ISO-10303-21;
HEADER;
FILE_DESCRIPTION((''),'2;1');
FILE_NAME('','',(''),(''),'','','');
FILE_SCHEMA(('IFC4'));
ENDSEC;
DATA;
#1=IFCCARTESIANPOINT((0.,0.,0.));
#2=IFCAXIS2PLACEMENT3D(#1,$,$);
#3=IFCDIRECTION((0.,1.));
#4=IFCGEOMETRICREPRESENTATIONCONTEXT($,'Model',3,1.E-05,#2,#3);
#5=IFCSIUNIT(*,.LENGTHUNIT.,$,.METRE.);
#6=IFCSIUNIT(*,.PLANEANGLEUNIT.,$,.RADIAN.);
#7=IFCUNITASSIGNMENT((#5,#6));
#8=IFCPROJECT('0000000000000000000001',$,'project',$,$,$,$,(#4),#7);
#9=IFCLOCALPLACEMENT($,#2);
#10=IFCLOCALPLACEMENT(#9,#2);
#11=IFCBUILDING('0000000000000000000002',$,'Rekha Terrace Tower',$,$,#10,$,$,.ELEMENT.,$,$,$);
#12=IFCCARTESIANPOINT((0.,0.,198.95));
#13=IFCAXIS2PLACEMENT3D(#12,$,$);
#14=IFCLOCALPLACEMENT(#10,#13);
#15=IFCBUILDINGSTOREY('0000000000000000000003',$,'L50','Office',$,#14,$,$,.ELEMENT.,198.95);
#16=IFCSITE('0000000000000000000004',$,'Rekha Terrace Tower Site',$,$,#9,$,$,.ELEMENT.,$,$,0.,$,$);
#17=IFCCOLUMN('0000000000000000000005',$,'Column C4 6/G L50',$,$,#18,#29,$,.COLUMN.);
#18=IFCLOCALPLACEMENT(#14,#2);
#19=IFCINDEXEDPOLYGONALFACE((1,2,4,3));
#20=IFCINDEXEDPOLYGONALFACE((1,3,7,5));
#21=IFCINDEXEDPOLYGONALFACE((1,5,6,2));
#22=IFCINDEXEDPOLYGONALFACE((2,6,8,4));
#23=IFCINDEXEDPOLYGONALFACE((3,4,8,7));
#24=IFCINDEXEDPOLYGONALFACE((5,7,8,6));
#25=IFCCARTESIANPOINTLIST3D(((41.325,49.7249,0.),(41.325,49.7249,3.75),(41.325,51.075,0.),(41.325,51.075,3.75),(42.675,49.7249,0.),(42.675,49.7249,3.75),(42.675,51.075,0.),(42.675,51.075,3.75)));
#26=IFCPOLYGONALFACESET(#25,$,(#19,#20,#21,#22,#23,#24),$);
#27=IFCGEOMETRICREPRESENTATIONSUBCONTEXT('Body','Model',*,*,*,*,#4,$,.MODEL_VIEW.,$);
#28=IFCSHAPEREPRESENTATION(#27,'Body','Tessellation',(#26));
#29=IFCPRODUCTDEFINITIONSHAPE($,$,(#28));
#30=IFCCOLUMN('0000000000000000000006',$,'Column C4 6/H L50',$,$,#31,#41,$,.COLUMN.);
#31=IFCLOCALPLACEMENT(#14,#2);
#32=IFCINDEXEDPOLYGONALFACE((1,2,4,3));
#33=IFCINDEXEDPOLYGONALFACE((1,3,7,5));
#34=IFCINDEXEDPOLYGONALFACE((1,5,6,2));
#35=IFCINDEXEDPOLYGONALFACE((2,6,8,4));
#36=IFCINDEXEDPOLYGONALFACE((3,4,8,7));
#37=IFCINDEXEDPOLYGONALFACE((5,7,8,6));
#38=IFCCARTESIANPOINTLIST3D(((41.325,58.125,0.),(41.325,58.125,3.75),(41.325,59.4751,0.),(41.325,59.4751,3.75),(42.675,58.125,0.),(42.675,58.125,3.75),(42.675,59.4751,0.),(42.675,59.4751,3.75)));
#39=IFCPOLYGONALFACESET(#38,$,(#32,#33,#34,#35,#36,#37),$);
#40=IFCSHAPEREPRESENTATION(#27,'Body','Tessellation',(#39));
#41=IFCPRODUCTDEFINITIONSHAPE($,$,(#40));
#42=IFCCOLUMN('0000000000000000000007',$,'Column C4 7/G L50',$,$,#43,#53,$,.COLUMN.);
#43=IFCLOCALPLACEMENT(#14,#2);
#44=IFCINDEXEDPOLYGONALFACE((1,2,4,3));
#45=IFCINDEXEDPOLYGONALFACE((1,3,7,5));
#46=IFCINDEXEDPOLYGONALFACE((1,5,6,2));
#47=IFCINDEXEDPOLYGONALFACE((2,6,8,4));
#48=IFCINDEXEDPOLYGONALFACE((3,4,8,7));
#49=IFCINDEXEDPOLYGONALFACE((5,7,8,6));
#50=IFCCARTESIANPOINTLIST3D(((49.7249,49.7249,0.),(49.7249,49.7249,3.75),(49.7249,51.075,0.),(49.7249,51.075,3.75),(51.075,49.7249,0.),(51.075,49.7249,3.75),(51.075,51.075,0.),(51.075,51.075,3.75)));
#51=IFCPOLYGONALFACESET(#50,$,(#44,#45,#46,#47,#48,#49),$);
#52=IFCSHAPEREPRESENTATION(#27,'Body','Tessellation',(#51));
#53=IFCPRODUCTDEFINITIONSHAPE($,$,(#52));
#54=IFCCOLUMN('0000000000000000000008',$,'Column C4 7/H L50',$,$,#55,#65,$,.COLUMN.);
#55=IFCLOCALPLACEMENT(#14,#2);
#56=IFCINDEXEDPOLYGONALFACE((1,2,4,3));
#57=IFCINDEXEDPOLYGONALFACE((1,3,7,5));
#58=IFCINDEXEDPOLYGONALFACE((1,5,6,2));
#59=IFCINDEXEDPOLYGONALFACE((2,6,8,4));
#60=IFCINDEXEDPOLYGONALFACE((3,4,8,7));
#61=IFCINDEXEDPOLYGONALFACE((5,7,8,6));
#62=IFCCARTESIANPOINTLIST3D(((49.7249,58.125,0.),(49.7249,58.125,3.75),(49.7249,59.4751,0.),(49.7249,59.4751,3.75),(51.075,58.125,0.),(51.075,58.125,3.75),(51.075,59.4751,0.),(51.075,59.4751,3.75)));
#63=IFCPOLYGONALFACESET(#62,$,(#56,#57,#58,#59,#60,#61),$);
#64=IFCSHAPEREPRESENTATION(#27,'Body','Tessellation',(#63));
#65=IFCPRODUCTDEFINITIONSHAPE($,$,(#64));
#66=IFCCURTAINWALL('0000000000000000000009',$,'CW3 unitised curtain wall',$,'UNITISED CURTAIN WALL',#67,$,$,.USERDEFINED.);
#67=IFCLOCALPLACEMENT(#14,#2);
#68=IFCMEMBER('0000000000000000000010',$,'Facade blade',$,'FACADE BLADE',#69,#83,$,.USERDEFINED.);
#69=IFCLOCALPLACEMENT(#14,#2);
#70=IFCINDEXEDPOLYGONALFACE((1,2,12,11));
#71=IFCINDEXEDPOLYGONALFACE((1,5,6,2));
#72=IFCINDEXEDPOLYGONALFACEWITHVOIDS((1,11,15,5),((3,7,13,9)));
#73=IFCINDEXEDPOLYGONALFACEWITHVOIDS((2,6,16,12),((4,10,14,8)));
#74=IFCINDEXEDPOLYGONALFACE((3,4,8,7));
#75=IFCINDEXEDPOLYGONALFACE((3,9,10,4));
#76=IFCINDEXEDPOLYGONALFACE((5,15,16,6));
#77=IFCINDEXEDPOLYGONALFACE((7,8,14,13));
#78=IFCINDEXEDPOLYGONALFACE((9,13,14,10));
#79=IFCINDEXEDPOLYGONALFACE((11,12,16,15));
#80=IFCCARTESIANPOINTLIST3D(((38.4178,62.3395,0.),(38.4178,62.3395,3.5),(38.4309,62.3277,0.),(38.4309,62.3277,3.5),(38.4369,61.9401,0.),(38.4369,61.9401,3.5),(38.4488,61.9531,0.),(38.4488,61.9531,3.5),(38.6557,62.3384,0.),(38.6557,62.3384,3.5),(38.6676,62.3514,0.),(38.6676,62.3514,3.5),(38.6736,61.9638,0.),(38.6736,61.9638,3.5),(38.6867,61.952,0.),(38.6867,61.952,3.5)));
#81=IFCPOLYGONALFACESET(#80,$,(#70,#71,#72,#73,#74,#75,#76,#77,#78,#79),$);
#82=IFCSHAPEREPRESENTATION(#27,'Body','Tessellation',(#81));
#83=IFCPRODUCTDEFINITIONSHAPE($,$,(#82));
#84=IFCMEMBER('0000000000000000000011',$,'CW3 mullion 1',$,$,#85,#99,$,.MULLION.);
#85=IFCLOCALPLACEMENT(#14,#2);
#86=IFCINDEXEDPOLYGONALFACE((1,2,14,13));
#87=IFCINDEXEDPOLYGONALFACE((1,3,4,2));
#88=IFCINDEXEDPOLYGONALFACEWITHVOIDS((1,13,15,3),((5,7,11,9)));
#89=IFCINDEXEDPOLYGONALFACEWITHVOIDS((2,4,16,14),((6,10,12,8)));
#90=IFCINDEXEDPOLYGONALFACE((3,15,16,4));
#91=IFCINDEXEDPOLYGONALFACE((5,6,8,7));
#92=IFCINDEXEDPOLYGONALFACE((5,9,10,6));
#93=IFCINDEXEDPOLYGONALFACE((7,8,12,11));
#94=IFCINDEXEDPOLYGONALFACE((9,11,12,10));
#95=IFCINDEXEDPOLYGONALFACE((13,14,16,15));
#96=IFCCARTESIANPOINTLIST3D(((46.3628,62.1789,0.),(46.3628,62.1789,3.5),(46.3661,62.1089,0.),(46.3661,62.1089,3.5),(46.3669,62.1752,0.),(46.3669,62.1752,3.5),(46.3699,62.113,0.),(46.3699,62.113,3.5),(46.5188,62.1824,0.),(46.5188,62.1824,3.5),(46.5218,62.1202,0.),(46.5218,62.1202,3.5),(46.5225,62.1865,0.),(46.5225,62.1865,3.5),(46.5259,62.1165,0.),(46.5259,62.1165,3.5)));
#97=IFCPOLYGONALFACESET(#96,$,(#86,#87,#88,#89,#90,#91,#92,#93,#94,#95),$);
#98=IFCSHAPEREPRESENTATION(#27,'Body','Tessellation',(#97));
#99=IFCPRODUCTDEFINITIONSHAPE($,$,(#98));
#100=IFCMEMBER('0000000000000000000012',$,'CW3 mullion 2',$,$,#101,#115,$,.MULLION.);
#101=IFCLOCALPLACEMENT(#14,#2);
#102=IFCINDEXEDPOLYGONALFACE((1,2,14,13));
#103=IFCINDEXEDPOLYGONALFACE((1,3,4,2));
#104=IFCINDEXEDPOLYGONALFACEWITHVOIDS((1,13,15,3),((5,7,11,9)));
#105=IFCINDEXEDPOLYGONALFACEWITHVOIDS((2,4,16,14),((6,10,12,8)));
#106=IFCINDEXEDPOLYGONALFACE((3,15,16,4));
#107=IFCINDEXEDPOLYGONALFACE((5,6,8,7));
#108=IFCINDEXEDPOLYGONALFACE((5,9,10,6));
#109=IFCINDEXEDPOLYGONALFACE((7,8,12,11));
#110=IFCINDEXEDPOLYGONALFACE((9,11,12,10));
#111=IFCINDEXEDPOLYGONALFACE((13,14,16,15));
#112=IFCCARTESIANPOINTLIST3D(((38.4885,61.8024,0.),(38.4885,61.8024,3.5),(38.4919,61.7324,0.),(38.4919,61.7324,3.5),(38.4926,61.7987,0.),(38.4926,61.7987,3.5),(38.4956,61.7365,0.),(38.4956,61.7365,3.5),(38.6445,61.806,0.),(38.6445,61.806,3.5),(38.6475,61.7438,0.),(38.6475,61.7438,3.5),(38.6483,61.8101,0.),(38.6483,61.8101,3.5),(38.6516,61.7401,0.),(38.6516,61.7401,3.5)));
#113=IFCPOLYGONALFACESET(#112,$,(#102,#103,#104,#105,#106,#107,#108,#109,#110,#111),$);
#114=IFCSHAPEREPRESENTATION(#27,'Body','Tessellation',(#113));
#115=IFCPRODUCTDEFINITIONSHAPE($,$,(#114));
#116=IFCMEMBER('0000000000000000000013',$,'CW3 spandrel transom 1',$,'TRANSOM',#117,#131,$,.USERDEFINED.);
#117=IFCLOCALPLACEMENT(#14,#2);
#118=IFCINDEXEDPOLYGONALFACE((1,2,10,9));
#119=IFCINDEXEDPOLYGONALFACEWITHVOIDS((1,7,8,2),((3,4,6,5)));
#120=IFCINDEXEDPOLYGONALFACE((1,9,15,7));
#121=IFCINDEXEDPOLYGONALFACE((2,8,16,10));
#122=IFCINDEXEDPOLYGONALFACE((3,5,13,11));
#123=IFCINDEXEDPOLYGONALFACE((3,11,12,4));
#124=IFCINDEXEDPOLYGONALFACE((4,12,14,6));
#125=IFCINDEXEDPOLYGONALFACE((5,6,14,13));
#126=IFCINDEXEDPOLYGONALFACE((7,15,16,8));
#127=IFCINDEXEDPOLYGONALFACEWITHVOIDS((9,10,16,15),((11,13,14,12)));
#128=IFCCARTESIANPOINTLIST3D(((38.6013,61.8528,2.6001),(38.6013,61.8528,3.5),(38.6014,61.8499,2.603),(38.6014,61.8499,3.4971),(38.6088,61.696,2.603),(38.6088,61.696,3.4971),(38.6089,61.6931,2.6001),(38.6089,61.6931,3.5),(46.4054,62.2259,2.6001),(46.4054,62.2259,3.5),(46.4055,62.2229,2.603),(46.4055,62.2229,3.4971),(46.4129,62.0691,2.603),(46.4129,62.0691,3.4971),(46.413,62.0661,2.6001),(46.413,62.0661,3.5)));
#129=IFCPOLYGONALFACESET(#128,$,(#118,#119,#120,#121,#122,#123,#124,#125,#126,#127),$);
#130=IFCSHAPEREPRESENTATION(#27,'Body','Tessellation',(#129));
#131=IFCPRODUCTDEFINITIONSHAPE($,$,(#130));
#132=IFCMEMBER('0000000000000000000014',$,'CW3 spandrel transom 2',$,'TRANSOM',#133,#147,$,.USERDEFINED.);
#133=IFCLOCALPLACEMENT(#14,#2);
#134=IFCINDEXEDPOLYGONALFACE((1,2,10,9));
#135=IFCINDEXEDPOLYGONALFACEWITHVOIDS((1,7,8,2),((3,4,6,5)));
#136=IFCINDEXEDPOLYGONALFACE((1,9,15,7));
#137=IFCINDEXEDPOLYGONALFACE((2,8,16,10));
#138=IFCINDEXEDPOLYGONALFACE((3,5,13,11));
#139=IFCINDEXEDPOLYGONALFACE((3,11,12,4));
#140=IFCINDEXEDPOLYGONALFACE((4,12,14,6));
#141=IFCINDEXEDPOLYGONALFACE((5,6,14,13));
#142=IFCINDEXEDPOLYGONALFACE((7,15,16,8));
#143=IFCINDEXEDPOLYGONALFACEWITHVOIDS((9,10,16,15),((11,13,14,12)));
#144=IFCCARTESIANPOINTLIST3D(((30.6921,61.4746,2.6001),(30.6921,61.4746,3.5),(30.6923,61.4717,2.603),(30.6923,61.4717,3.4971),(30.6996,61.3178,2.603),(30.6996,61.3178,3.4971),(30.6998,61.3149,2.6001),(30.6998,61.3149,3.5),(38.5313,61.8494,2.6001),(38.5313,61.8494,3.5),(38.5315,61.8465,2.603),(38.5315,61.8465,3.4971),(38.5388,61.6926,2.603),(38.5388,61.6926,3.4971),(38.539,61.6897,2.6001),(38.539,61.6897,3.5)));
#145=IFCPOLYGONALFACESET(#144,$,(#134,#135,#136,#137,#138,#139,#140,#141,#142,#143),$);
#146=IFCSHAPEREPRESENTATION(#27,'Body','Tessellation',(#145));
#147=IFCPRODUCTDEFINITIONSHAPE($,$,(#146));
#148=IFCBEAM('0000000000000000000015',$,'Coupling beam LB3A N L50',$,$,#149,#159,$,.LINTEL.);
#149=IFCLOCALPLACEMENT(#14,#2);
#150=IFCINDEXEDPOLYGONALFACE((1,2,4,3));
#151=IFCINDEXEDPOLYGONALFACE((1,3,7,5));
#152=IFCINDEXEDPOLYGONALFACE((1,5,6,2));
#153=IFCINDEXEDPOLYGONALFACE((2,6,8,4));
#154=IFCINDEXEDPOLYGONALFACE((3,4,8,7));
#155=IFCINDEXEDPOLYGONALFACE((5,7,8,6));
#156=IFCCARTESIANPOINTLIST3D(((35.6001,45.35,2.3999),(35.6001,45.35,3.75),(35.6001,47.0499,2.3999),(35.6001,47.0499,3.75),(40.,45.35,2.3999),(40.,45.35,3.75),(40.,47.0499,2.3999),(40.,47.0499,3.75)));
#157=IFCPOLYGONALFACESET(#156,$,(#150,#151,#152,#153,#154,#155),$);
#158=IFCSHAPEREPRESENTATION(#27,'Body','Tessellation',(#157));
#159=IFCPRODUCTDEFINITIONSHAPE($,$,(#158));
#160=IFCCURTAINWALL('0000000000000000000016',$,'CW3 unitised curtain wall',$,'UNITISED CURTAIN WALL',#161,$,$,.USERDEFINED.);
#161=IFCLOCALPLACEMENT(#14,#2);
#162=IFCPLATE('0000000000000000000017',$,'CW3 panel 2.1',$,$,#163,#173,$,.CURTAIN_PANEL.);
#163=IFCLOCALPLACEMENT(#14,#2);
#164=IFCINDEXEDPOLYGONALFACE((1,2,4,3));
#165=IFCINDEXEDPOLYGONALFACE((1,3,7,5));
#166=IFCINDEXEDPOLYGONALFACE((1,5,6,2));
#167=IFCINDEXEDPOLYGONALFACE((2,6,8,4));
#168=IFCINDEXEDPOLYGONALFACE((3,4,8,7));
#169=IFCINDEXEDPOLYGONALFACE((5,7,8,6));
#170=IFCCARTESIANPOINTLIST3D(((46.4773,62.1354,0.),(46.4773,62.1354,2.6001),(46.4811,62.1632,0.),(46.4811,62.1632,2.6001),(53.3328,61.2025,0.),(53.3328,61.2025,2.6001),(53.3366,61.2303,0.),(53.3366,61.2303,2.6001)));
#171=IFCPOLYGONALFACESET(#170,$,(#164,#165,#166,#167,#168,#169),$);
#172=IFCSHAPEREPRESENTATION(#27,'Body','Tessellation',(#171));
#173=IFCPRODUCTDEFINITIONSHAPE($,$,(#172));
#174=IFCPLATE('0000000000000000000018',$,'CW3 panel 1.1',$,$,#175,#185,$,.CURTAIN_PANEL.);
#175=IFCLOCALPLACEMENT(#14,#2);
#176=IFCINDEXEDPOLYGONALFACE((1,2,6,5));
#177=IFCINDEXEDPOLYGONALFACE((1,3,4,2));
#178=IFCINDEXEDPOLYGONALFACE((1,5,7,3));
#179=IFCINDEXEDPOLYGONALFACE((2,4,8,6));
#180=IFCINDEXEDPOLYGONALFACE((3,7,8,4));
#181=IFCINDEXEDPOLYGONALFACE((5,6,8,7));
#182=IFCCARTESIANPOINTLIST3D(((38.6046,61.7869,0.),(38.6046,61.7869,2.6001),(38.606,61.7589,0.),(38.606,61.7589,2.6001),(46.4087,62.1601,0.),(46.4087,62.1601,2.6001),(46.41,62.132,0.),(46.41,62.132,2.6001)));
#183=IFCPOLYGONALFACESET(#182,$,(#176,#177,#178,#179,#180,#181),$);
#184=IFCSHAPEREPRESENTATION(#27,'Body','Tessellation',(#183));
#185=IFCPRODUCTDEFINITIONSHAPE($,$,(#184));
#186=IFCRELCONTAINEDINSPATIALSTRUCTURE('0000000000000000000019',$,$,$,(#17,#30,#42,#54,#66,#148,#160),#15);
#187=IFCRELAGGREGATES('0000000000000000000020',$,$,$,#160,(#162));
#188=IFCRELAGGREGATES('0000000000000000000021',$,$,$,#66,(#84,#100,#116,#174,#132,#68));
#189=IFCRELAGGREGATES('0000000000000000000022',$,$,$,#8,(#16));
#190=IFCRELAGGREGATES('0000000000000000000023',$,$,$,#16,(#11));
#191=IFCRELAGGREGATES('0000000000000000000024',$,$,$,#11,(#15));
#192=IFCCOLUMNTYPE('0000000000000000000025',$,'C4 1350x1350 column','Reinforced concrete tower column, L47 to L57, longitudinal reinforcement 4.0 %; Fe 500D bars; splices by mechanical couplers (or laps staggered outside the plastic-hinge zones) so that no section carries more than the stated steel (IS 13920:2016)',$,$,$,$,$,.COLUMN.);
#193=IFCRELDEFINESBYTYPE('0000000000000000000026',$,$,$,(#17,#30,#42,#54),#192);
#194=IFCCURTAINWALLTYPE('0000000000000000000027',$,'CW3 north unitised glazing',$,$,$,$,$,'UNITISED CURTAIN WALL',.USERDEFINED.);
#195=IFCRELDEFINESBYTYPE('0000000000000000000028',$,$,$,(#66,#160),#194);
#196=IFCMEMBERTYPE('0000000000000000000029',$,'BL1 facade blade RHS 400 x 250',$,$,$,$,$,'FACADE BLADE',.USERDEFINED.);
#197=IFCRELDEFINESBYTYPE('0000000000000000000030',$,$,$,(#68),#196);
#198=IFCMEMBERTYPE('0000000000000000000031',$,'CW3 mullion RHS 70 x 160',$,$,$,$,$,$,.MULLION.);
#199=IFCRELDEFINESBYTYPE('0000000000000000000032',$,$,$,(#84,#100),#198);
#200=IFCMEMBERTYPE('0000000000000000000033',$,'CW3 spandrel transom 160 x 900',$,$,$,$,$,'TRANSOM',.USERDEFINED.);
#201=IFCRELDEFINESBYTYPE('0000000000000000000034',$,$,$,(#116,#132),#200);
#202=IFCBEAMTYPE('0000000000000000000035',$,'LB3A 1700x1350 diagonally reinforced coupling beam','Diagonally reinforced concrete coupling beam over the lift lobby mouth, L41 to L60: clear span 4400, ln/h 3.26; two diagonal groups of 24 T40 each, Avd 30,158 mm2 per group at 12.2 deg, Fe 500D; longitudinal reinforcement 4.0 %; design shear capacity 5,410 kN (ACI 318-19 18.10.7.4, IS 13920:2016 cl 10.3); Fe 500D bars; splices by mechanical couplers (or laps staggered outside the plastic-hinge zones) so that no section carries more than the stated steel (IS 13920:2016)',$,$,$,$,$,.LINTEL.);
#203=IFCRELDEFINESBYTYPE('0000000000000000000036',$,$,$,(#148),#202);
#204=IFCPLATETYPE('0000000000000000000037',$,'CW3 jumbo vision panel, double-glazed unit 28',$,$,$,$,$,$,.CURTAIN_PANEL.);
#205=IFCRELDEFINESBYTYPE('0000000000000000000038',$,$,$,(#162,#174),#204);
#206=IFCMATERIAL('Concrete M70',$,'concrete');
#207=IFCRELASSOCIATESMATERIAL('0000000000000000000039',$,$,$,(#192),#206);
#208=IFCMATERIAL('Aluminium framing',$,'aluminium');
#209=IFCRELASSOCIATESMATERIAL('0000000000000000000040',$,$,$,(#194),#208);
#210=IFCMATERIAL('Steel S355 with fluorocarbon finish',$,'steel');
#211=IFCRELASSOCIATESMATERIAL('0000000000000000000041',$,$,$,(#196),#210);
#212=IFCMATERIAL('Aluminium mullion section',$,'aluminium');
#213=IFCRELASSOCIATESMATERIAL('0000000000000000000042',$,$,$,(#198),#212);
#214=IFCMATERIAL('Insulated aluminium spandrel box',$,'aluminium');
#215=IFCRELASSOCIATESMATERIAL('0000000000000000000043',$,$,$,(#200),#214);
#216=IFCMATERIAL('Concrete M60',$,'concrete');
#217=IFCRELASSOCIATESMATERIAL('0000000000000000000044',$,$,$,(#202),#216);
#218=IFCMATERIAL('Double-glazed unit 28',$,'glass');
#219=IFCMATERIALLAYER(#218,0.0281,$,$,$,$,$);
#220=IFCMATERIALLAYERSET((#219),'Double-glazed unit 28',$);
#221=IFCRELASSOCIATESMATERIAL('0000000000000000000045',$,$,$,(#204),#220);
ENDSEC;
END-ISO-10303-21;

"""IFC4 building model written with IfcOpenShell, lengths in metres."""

from ifc_helpers import new_model, si_unit, direction, frame, origin, origin_2d, place, context, subcontext, project, spatial, rectangle, hollow_rectangle, extrude, material, layer, layer_set, material_profile, profile_set, type_object, element, aggregate, save


model = new_model("IFC4")

# Units and contexts
model_context = context("Model", 3, precision=1e-05, world=origin(), true_north=direction((0.0, 1.0)))
body_context = subcontext(model_context, "Body", "Model", "MODEL_VIEW")
ifc_project = project(units=[si_unit("LENGTHUNIT", "METRE"), si_unit("PLANEANGLEUNIT", "RADIAN")], contexts=[model_context])

# Site, building, storey
site_placement = place(None, origin())
site = spatial("IfcSite", under=ifc_project, at=site_placement, Name="Rekha Terrace Tower Site", CompositionType="ELEMENT", RefElevation=0.0)
building_placement = place(site_placement, origin())
building = spatial("IfcBuilding", under=site, at=building_placement, Name="Rekha Terrace Tower", CompositionType="ELEMENT")
storey_placement = place(building_placement, frame((0.0, 0.0, 198.95)))
storey = spatial("IfcBuildingStorey", under=building, at=storey_placement, Name="L50", Description="Office", CompositionType="ELEMENT", Elevation=198.95)

# Columns
ifc_material_1 = material(Name="Concrete M70", Category="concrete")
ifc_material_profile_1 = material_profile(ifc_material_1, rectangle(XDim=1.3501, YDim=1.3501, at=origin_2d()), Name="RC 1350x1350")
ifc_profile_set_1 = profile_set([ifc_material_profile_1], Name="Concrete M70")
column_type = type_object("IfcColumnType", Name="C4 1350x1350 column", Description="Reinforced concrete tower column, L47 to L57, longitudinal reinforcement 4.0 %; Fe 500D bars; splices by mechanical couplers (or laps staggered outside the plastic-hinge zones) so that no section carries more than the stated steel (IS 13920:2016)", PredefinedType="COLUMN", material=ifc_profile_set_1)
for number, where, z_axis, x_axis, name in (
    (1, (42.0, 50.3999, 0.0), (0.0, 0.0, 1.0), (1.0, 0.0, 0.0), "Column C4 6/G L50"),
    (2, (42.0, 58.8, 0.0), (0.0, 0.0, 1.0), (1.0, 0.0, 0.0), "Column C4 6/H L50"),
    (3, (50.3999, 50.3999, 0.0), (0.0, 0.0, 1.0), (1.0, 0.0, 0.0), "Column C4 7/G L50"),
    (4, (50.3999, 58.8, 0.0), (0.0, 0.0, 1.0), (1.0, 0.0, 0.0), "Column C4 7/H L50"),
):
    element("IfcColumn", number, at=place(storey_placement, frame(where, z_axis=z_axis, x_axis=x_axis)), inside=storey, type_object=column_type, Name=name, PredefinedType="COLUMN", context=body_context, shape_type="SweptSolid", body=[
        extrude(rectangle(XDim=1.3501, YDim=1.3501, at=origin_2d()), origin(), (0.0, 0.0, 1.0), 3.75),
    ])

# Curtain wall, members
ifc_material_2 = material(Name="Aluminium framing", Category="aluminium")
curtain_wall_type = type_object("IfcCurtainWallType", Name="CW3 north unitised glazing", ElementType="UNITISED CURTAIN WALL", PredefinedType="USERDEFINED", material=ifc_material_2)
curtain_wall_1_placement = place(storey_placement, origin())
curtain_wall_1 = element("IfcCurtainWall", 5, at=curtain_wall_1_placement, inside=storey, type_object=curtain_wall_type, Name="CW3 unitised curtain wall", ObjectType="UNITISED CURTAIN WALL", PredefinedType="USERDEFINED")
ifc_material_3 = material(Name="Steel S355 with fluorocarbon finish", Category="steel")
ifc_material_profile_2 = material_profile(ifc_material_3, hollow_rectangle(XDim=0.25, YDim=0.3999, WallThickness=0.0125, at=origin_2d()), Name="RHS400x250x12.5")
ifc_profile_set_2 = profile_set([ifc_material_profile_2], Name="Steel S355 with fluorocarbon finish")
member_type_1 = type_object("IfcMemberType", Name="BL1 facade blade RHS 400 x 250", ElementType="FACADE BLADE", PredefinedType="USERDEFINED", material=ifc_profile_set_2)
member_1_placement = place(storey_placement, frame((38.5522, 62.1458, 0.0), z_axis=(0.0, 0.0, 1.0), x_axis=(-0.998859, -0.047758, 0.0)))
member_1 = element("IfcMember", 6, at=member_1_placement, type_object=member_type_1, Name="Facade blade", ObjectType="FACADE BLADE", PredefinedType="USERDEFINED", context=body_context, shape_type="SweptSolid", body=[
    extrude(hollow_rectangle(XDim=0.25, YDim=0.3999, WallThickness=0.0125, at=origin_2d()), origin(), (0.0, 0.0, 1.0), 3.5),
])
ifc_material_4 = material(Name="Aluminium mullion section", Category="aluminium")
ifc_material_profile_3 = material_profile(ifc_material_4, hollow_rectangle(XDim=0.0701, YDim=0.1599, WallThickness=0.0039, at=origin_2d()), Name="AL RHS 70x160")
ifc_profile_set_3 = profile_set([ifc_material_profile_3], Name="Aluminium mullion section")
member_type_2 = type_object("IfcMemberType", Name="CW3 mullion RHS 70 x 160", PredefinedType="MULLION", material=ifc_profile_set_3)
member_2_placement = place(storey_placement, frame((46.4443, 62.1477, 0.0), z_axis=(0.0, 0.0, 1.0), x_axis=(0.047759, -0.998859, 0.0)))
member_2 = element("IfcMember", 7, at=member_2_placement, type_object=member_type_2, Name="CW3 mullion 1", PredefinedType="MULLION", context=body_context, shape_type="SweptSolid", body=[
    extrude(hollow_rectangle(XDim=0.0701, YDim=0.1599, WallThickness=0.0039, at=origin_2d()), origin(), (0.0, 0.0, 1.0), 3.5),
])
member_3_placement = place(storey_placement, frame((38.5701, 61.7712, 0.0), z_axis=(0.0, 0.0, 1.0), x_axis=(0.047759, -0.998859, 0.0)))
member_3 = element("IfcMember", 8, at=member_3_placement, type_object=member_type_2, Name="CW3 mullion 2", PredefinedType="MULLION", context=body_context, shape_type="SweptSolid", body=[
    extrude(hollow_rectangle(XDim=0.0701, YDim=0.1599, WallThickness=0.0039, at=origin_2d()), origin(), (0.0, 0.0, 1.0), 3.5),
])
ifc_material_5 = material(Name="Insulated aluminium spandrel box", Category="aluminium")
ifc_material_profile_4 = material_profile(ifc_material_5, hollow_rectangle(XDim=0.1599, YDim=0.8999, WallThickness=0.0029, at=origin_2d()), Name="AL SPANDREL BOX 160x900")
ifc_profile_set_4 = profile_set([ifc_material_profile_4], Name="Insulated aluminium spandrel box")
member_type_3 = type_object("IfcMemberType", Name="CW3 spandrel transom 160 x 900", ElementType="TRANSOM", PredefinedType="USERDEFINED", material=ifc_profile_set_4)
member_4_placement = place(storey_placement, frame((46.4092, 62.146, 3.05), z_axis=(-0.998859, -0.047748, 0.0), x_axis=(0.047748, -0.998859, 0.0)))
member_4 = element("IfcMember", 9, at=member_4_placement, type_object=member_type_3, Name="CW3 spandrel transom 1", ObjectType="TRANSOM", PredefinedType="USERDEFINED", context=body_context, shape_type="SweptSolid", body=[
    extrude(hollow_rectangle(XDim=0.1599, YDim=0.8999, WallThickness=0.0029, at=origin_2d()), origin(), (0.0, 0.0, 1.0), 7.813),
])
member_5_placement = place(storey_placement, frame((38.5352, 61.7695, 3.05), z_axis=(-0.998859, -0.047751, 0.0), x_axis=(0.047751, -0.998859, 0.0)))
member_5 = element("IfcMember", 10, at=member_5_placement, type_object=member_type_3, Name="CW3 spandrel transom 2", ObjectType="TRANSOM", PredefinedType="USERDEFINED", context=body_context, shape_type="SweptSolid", body=[
    extrude(hollow_rectangle(XDim=0.1599, YDim=0.8999, WallThickness=0.0029, at=origin_2d()), origin(), (0.0, 0.0, 1.0), 7.8481),
])

# Beam
ifc_material_6 = material(Name="Concrete M60", Category="concrete")
ifc_material_profile_5 = material_profile(ifc_material_6, rectangle(XDim=1.7, YDim=1.3501, at=origin_2d()), Name="RC 1700x1350")
ifc_profile_set_5 = profile_set([ifc_material_profile_5], Name="Concrete M60")
beam_type = type_object("IfcBeamType", Name="LB3A 1700x1350 diagonally reinforced coupling beam", Description="Diagonally reinforced concrete coupling beam over the lift lobby mouth, L41 to L60: clear span 4400, ln/h 3.26; two diagonal groups of 24 T40 each, Avd 30,158 mm2 per group at 12.2 deg, Fe 500D; longitudinal reinforcement 4.0 %; design shear capacity 5,410 kN (ACI 318-19 18.10.7.4, IS 13920:2016 cl 10.3); Fe 500D bars; splices by mechanical couplers (or laps staggered outside the plastic-hinge zones) so that no section carries more than the stated steel (IS 13920:2016)", PredefinedType="LINTEL", material=ifc_profile_set_5)
beam_placement = place(storey_placement, frame((35.6001, 46.2, 3.075), z_axis=(1.0, 0.0, 0.0), x_axis=(0.0, 1.0, 0.0)))
element("IfcBeam", 11, at=beam_placement, inside=storey, type_object=beam_type, Name="Coupling beam LB3A N L50", PredefinedType="LINTEL", context=body_context, shape_type="SweptSolid", body=[
    extrude(rectangle(XDim=1.7, YDim=1.3501, at=origin_2d()), origin(), (0.0, 0.0, 1.0), 4.3999),
])

# Curtain wall, plate
curtain_wall_2_placement = place(storey_placement, origin())
curtain_wall_2 = element("IfcCurtainWall", 12, at=curtain_wall_2_placement, inside=storey, type_object=curtain_wall_type, Name="CW3 unitised curtain wall", ObjectType="UNITISED CURTAIN WALL", PredefinedType="USERDEFINED")
ifc_material_7 = material(Name="Double-glazed unit 28", Category="glass")
ifc_layer_1 = layer(ifc_material_7, 0.0281)
ifc_layer_set_1 = layer_set([ifc_layer_1], Name="Double-glazed unit 28")
plate_type = type_object("IfcPlateType", Name="CW3 jumbo vision panel, double-glazed unit 28", PredefinedType="CURTAIN_PANEL", material=ifc_layer_set_1)
plate_1_placement = place(storey_placement, frame((49.907, 61.6829, 0.0), z_axis=(0.0, 0.0, 1.0), x_axis=(-0.990867, 0.134841, 0.0)))
plate_1 = element("IfcPlate", 13, at=plate_1_placement, type_object=plate_type, Name="CW3 panel 2.1", PredefinedType="CURTAIN_PANEL", context=body_context, shape_type="SweptSolid", body=[
    extrude(rectangle(XDim=6.9187, YDim=0.0281, at=origin_2d()), origin(), (0.0, 0.0, 1.0), 2.6001),
])
aggregate(curtain_wall_2, [plate_1])

# Plate
plate_2_placement = place(storey_placement, frame((42.5073, 61.9595, 0.0), z_axis=(0.0, 0.0, 1.0), x_axis=(-0.998859, -0.047759, 0.0)))
plate_2 = element("IfcPlate", 14, at=plate_2_placement, type_object=plate_type, Name="CW3 panel 1.1", PredefinedType="CURTAIN_PANEL", context=body_context, shape_type="SweptSolid", body=[
    extrude(rectangle(XDim=7.813, YDim=0.0281, at=origin_2d()), origin(), (0.0, 0.0, 1.0), 2.6001),
])
aggregate(curtain_wall_1, [member_2, member_3, member_4, plate_2, member_5, member_1])

save(model, "model.ifc")
